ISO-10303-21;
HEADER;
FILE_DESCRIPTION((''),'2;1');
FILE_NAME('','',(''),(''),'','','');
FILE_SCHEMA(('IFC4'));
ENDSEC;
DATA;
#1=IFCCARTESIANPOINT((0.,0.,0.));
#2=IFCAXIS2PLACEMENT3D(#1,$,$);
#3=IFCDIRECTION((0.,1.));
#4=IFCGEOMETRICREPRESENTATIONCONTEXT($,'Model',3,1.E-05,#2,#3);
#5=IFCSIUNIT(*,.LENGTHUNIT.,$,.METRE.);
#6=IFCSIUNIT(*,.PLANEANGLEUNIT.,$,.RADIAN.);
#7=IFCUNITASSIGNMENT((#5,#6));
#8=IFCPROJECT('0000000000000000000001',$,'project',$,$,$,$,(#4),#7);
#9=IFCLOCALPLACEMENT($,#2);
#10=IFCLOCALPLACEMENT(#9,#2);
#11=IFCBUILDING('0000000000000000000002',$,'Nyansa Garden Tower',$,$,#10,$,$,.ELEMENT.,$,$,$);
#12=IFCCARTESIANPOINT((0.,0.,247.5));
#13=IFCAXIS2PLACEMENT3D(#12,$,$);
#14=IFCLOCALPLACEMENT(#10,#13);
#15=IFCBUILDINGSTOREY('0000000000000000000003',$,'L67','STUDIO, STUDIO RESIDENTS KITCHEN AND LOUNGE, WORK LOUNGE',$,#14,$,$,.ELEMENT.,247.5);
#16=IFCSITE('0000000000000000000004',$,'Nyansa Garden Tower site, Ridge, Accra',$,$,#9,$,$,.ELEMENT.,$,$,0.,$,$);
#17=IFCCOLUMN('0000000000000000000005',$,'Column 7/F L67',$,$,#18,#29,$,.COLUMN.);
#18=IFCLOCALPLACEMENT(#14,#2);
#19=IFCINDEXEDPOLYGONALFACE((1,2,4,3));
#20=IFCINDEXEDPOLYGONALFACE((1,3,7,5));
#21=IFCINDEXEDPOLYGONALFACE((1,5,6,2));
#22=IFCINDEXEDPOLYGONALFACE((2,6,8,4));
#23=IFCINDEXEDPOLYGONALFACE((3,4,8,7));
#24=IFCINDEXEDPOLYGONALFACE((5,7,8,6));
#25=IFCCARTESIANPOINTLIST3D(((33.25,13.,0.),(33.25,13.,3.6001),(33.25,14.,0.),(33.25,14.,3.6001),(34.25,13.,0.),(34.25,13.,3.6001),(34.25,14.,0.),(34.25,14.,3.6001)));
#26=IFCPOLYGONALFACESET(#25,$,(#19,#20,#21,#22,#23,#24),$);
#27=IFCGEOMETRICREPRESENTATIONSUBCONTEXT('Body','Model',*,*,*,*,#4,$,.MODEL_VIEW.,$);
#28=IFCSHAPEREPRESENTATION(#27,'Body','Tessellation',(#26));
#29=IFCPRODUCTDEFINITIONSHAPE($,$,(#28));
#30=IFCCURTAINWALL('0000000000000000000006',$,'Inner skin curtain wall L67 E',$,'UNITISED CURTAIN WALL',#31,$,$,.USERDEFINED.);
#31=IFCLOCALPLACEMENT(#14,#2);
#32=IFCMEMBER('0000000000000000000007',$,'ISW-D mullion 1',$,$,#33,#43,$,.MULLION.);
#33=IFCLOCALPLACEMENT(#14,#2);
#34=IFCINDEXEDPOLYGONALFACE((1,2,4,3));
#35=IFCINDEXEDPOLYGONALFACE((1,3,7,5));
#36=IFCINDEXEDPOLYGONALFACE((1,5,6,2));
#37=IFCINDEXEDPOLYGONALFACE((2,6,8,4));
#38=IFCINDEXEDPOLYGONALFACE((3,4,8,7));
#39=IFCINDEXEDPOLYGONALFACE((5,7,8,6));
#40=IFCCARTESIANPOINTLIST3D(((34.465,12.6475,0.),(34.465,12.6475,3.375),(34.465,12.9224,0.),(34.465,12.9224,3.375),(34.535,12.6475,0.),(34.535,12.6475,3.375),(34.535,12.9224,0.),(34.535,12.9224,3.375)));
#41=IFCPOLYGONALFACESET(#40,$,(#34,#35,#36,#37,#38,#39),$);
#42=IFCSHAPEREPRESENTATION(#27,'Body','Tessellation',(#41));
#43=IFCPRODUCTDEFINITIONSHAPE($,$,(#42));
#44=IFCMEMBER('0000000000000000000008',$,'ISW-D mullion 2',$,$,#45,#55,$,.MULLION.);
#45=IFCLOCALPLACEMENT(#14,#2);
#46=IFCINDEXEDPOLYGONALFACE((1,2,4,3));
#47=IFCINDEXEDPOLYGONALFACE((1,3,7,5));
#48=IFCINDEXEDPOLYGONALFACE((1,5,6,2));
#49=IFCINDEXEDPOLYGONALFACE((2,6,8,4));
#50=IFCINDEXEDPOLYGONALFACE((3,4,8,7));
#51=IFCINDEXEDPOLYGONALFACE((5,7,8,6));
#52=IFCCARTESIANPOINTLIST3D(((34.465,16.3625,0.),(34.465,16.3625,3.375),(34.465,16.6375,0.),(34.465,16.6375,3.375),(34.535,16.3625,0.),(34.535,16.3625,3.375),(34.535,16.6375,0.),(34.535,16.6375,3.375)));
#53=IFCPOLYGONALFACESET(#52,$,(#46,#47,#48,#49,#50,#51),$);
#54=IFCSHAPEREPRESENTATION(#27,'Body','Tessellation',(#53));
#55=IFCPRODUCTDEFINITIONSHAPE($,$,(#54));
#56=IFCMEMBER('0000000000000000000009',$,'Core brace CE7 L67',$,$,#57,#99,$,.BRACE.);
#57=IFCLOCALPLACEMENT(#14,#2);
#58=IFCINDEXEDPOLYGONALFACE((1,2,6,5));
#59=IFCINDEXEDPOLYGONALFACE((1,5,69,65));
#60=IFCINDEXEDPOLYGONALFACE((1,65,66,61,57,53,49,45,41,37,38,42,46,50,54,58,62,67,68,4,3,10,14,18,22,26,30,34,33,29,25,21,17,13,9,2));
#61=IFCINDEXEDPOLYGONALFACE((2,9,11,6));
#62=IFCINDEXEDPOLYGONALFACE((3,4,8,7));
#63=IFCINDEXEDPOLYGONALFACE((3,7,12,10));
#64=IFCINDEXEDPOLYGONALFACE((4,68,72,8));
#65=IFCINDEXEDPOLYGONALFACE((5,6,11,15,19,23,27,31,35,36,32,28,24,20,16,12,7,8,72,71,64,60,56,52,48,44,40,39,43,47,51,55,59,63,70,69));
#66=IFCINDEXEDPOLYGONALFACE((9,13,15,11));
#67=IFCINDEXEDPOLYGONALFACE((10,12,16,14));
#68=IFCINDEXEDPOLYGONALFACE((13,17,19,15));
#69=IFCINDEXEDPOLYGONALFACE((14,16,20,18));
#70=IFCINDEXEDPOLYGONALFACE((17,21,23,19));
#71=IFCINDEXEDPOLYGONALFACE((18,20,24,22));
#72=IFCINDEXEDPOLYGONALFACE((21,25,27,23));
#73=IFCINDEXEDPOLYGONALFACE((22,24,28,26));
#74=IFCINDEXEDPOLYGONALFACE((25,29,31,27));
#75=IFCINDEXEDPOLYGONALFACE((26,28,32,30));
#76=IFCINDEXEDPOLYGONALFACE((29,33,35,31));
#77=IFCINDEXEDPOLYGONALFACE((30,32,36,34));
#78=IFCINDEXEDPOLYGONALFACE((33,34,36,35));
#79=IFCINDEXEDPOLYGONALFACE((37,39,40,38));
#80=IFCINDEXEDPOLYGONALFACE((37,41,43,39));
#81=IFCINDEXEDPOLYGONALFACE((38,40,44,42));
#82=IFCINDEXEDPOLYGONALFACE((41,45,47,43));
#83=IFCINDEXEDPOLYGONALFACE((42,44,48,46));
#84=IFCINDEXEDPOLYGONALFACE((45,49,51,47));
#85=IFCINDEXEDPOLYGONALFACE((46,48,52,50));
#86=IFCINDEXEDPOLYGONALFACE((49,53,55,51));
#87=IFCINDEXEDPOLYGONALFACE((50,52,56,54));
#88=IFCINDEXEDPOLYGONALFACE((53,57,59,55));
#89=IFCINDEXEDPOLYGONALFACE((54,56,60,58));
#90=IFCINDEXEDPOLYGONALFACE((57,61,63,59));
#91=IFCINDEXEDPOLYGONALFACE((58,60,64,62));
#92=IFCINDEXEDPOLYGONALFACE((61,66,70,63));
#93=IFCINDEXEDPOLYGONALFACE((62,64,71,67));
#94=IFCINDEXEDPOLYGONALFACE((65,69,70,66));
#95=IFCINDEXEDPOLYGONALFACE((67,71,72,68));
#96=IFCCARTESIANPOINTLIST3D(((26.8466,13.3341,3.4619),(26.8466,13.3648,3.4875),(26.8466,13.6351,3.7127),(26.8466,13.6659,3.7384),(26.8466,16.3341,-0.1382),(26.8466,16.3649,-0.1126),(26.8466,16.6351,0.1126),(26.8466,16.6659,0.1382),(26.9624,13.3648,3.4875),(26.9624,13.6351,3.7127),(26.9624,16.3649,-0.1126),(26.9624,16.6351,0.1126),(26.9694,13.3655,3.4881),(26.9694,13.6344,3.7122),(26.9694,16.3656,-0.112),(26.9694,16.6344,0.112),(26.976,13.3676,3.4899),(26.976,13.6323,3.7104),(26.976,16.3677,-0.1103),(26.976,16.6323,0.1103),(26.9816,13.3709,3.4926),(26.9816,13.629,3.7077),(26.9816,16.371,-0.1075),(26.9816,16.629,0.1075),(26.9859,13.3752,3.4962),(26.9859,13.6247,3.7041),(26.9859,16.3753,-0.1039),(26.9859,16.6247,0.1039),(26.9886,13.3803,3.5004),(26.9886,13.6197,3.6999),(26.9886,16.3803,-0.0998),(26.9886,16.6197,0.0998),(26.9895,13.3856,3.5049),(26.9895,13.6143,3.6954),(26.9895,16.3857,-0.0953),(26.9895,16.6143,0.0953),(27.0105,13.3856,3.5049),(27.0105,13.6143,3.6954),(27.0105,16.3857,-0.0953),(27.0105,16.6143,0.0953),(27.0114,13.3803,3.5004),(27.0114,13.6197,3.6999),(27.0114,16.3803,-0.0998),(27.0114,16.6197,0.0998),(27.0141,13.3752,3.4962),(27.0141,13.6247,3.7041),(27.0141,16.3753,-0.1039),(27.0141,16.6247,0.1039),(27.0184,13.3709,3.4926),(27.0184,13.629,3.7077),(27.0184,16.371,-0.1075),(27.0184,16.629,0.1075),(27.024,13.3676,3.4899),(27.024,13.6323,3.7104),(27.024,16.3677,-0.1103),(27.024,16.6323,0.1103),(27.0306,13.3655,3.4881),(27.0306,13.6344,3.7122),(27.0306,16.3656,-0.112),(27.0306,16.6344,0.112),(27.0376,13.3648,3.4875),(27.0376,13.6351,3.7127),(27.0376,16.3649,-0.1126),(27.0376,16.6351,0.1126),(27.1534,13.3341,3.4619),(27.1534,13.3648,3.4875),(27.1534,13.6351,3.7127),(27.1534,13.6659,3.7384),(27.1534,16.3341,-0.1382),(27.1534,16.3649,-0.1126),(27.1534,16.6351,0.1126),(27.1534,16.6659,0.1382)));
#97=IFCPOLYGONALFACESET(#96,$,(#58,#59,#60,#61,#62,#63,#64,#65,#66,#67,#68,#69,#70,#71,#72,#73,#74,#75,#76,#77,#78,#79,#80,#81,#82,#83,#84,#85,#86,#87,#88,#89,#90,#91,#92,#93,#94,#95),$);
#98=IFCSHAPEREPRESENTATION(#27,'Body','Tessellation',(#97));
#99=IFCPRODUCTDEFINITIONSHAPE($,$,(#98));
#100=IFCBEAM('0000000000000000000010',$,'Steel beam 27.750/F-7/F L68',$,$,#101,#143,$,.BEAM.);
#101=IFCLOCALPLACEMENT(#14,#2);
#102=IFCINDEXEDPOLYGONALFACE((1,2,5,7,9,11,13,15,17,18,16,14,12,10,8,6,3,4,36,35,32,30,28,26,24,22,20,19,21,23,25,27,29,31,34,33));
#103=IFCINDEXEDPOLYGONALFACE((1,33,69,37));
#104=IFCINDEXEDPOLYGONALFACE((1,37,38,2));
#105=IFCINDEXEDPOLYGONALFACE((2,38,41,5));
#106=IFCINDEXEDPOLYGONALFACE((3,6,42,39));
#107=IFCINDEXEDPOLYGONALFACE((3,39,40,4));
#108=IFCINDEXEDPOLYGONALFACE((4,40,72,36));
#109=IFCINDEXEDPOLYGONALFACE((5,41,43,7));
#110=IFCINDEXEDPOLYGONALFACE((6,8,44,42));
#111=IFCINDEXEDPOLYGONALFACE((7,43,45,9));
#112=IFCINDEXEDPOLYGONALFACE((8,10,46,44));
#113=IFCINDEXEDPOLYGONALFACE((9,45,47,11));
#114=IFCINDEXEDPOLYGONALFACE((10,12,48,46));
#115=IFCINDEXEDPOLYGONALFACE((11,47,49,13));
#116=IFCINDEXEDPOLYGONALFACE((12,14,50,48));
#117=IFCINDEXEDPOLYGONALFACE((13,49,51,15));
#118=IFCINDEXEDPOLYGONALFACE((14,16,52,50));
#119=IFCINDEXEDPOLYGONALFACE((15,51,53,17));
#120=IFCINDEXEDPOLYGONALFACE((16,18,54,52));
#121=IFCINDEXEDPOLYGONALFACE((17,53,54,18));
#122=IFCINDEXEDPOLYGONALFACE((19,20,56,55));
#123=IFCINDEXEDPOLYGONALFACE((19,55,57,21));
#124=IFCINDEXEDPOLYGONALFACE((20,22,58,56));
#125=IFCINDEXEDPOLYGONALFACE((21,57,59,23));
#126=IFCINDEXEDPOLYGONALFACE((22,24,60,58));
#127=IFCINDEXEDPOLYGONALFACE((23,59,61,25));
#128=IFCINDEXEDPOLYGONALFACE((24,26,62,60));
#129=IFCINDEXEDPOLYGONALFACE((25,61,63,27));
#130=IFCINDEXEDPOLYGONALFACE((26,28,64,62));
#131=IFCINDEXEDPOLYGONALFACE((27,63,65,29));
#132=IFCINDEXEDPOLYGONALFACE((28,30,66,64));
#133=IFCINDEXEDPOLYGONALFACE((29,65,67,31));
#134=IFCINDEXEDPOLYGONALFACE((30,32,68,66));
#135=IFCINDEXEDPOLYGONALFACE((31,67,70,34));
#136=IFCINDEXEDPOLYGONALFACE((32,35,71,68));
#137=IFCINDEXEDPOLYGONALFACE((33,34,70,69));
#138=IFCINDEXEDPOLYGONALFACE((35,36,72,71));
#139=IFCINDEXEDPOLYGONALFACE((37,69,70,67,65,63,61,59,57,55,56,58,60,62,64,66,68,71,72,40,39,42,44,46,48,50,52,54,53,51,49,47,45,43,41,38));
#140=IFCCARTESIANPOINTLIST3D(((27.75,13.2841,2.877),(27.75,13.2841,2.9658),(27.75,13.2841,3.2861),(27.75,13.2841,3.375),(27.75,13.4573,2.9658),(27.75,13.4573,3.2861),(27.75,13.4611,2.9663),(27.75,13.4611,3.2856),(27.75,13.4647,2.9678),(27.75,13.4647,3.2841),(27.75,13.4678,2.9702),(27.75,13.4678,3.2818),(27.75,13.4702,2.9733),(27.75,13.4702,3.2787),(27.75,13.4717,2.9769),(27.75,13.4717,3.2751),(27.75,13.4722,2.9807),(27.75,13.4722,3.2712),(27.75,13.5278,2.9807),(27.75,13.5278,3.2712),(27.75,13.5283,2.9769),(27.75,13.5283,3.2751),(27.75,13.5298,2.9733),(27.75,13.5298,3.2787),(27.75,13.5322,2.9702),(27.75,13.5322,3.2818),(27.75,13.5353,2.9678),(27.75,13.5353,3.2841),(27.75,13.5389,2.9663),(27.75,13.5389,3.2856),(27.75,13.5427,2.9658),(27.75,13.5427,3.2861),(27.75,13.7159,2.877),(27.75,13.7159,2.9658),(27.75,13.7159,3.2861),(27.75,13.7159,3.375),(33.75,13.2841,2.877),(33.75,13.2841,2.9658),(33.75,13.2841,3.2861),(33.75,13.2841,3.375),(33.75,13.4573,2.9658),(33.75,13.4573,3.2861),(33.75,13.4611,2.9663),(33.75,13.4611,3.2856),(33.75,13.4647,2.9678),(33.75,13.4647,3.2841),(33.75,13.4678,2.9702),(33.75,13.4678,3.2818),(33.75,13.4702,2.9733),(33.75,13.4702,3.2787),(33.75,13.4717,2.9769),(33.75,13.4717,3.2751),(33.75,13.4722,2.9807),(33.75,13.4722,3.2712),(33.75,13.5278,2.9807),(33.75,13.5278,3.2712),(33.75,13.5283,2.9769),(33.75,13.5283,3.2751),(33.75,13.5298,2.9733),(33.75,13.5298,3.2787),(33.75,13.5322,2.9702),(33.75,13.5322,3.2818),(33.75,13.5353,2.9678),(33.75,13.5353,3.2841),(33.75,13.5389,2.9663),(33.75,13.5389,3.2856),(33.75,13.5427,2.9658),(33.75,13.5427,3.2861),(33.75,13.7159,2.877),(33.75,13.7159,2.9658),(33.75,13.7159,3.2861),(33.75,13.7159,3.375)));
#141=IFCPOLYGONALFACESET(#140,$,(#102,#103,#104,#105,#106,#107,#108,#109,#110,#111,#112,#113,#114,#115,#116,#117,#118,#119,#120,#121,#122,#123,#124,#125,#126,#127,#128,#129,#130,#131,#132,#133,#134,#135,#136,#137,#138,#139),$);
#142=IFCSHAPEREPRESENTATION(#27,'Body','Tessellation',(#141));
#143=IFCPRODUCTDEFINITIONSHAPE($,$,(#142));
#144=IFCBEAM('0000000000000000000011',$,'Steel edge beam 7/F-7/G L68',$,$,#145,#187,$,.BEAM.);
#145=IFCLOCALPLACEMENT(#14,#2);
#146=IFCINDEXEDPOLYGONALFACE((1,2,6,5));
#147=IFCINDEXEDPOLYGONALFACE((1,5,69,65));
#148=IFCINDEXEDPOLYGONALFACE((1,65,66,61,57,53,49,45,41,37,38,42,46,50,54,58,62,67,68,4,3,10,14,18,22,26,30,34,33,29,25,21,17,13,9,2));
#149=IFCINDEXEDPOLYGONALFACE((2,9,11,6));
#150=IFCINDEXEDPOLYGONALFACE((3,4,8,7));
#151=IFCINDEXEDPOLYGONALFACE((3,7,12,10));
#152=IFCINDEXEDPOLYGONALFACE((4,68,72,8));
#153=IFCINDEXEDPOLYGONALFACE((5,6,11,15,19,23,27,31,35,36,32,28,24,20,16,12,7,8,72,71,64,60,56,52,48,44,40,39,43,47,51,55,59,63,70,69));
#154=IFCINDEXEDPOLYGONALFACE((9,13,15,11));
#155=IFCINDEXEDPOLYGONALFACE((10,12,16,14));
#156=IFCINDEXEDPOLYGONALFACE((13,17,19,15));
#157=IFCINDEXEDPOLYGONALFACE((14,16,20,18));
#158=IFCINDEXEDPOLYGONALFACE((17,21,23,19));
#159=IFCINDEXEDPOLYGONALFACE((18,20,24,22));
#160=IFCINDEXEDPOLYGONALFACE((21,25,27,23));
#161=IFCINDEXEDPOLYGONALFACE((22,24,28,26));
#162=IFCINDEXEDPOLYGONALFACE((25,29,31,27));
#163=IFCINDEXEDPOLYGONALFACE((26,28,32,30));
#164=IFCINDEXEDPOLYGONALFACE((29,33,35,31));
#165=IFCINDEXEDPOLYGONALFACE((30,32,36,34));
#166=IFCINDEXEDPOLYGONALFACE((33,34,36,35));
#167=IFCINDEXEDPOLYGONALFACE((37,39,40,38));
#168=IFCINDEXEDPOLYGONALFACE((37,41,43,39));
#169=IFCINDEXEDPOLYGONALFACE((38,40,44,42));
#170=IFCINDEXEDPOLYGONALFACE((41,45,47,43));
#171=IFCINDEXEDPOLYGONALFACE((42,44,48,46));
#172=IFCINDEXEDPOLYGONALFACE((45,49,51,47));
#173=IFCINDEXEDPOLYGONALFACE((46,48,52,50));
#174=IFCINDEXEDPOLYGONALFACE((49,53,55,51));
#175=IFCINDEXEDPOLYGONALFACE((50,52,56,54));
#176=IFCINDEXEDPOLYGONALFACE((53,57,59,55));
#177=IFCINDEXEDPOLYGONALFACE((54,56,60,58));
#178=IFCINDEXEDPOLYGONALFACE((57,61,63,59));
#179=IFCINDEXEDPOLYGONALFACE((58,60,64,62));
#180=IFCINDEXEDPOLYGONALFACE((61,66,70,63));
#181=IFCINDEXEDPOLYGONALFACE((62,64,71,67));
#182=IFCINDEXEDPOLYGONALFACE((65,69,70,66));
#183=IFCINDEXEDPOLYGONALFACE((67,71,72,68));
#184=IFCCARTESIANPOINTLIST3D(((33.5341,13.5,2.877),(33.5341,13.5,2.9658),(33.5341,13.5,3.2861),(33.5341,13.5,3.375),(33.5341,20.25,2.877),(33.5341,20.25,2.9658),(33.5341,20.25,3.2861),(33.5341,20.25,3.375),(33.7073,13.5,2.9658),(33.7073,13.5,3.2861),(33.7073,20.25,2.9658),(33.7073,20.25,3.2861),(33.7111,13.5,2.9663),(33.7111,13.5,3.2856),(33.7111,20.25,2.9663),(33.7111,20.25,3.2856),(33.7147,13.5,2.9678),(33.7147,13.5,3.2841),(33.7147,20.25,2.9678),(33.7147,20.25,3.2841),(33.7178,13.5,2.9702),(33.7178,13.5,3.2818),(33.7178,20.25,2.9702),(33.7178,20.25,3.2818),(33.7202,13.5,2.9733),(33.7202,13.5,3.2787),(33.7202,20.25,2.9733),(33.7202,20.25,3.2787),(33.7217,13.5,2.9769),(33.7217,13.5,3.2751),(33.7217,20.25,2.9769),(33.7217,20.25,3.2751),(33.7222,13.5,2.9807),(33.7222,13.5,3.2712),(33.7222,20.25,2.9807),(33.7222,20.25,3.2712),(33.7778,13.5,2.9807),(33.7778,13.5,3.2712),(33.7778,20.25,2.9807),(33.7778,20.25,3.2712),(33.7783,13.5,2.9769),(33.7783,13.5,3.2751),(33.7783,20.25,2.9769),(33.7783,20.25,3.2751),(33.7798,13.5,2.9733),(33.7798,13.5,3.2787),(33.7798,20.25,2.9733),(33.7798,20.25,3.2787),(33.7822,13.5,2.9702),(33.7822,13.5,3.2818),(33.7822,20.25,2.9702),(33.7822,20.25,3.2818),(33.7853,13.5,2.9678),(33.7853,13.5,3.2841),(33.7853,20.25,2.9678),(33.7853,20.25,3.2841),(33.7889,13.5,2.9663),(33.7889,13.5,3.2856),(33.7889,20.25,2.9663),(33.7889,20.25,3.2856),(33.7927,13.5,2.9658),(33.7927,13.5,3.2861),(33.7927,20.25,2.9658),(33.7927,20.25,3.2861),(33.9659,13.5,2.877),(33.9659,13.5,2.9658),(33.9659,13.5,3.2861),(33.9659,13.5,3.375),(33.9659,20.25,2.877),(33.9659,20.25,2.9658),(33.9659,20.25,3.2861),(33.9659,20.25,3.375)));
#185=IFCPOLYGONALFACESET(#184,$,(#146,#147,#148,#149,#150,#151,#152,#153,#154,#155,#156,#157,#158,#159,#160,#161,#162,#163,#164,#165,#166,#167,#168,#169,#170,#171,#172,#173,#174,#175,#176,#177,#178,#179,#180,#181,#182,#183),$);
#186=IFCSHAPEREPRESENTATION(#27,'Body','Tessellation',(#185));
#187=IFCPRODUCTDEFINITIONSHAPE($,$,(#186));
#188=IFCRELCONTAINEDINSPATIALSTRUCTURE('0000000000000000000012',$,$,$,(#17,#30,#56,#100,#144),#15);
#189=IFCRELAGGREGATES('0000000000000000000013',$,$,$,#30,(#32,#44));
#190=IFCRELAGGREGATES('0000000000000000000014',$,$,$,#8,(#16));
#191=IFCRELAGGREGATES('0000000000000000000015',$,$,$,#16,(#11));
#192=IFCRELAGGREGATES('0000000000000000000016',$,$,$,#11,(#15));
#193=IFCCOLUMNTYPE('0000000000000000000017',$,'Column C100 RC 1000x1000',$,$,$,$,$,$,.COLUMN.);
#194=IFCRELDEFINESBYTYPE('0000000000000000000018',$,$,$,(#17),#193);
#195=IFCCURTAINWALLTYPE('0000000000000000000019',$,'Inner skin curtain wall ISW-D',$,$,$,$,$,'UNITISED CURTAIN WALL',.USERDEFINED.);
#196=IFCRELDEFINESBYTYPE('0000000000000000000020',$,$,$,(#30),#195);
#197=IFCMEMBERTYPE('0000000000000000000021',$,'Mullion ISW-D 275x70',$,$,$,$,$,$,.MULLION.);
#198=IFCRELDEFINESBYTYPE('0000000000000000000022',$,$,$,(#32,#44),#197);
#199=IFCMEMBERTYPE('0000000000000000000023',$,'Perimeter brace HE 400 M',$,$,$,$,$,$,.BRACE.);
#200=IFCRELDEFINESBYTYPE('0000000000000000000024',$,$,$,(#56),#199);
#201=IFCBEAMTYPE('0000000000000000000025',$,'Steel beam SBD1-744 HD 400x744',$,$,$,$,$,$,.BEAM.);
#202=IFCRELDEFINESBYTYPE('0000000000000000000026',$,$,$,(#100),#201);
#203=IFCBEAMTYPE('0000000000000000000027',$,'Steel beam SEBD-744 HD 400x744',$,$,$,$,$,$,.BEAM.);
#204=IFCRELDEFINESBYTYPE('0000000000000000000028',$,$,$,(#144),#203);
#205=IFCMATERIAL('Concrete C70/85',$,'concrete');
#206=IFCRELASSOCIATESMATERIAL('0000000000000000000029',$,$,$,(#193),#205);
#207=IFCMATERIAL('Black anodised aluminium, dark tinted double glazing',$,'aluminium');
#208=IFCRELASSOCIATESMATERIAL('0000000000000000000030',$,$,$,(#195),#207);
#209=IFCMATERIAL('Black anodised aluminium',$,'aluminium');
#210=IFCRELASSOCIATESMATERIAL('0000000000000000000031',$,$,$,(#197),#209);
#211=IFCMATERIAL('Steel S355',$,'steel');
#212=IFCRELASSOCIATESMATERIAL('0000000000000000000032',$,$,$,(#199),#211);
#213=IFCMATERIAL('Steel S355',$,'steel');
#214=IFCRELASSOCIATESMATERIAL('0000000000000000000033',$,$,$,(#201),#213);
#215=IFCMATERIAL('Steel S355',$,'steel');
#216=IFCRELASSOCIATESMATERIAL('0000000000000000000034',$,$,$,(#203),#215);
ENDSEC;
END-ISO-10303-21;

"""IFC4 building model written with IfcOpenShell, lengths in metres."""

from ifc_helpers import new_model, si_unit, direction, frame, origin, origin_2d, place, context, subcontext, project, spatial, rectangle, i_section, extrude, material, material_profile, profile_set, type_object, element, aggregate, save


model = new_model("IFC4")

# Units and contexts
model_context = context("Model", 3, precision=1e-05, world=origin(), true_north=direction((0.0, 1.0)))
body_context = subcontext(model_context, "Body", "Model", "MODEL_VIEW")
ifc_project = project(units=[si_unit("LENGTHUNIT", "METRE"), si_unit("PLANEANGLEUNIT", "RADIAN")], contexts=[model_context])

# Site, building, storey
site_placement = place(None, origin())
site = spatial("IfcSite", under=ifc_project, at=site_placement, Name="Nyansa Garden Tower site, Ridge, Accra", CompositionType="ELEMENT", RefElevation=0.0)
building_placement = place(site_placement, origin())
building = spatial("IfcBuilding", under=site, at=building_placement, Name="Nyansa Garden Tower", CompositionType="ELEMENT")
storey_placement = place(building_placement, frame((0.0, 0.0, 247.5)))
storey = spatial("IfcBuildingStorey", under=building, at=storey_placement, Name="L67", Description="STUDIO, STUDIO RESIDENTS KITCHEN AND LOUNGE, WORK LOUNGE", CompositionType="ELEMENT", Elevation=247.5)

# Column
ifc_material_1 = material(Name="Concrete C70/85", Category="concrete")
ifc_material_profile_1 = material_profile(ifc_material_1, rectangle(XDim=1.0, YDim=1.0, at=origin_2d()), Name="RC 1000x1000")
ifc_profile_set_1 = profile_set([ifc_material_profile_1], Name="Concrete C70/85")
column_type = type_object("IfcColumnType", Name="Column C100 RC 1000x1000", PredefinedType="COLUMN", material=ifc_profile_set_1)
column_placement = place(storey_placement, frame((33.75, 13.5, 0.0), z_axis=(0.0, 0.0, 1.0), x_axis=(1.0, 0.0, 0.0)))
element("IfcColumn", 1, at=column_placement, inside=storey, type_object=column_type, Name="Column 7/F L67", PredefinedType="COLUMN", context=body_context, shape_type="SweptSolid", body=[
    extrude(rectangle(XDim=1.0, YDim=1.0, at=origin_2d()), origin(), (0.0, 0.0, 1.0), 3.6001),
])

# Curtain wall, members
ifc_material_2 = material(Name="Black anodised aluminium, dark tinted double glazing", Category="aluminium")
curtain_wall_type = type_object("IfcCurtainWallType", Name="Inner skin curtain wall ISW-D", ElementType="UNITISED CURTAIN WALL", PredefinedType="USERDEFINED", material=ifc_material_2)
curtain_wall_placement = place(storey_placement, origin())
curtain_wall = element("IfcCurtainWall", 2, at=curtain_wall_placement, inside=storey, type_object=curtain_wall_type, Name="Inner skin curtain wall L67 E", ObjectType="UNITISED CURTAIN WALL", PredefinedType="USERDEFINED")
ifc_material_3 = material(Name="Black anodised aluminium", Category="aluminium")
ifc_material_profile_2 = material_profile(ifc_material_3, rectangle(XDim=0.0701, YDim=0.2749, at=origin_2d()), Name="Mullion 275x70")
ifc_profile_set_2 = profile_set([ifc_material_profile_2], Name="Black anodised aluminium")
member_type_1 = type_object("IfcMemberType", Name="Mullion ISW-D 275x70", PredefinedType="MULLION", material=ifc_profile_set_2)
member_1_placement = place(storey_placement, frame((34.5, 12.7849, 0.0), z_axis=(0.0, 0.0, 1.0), x_axis=(-1.0, 0.0, 0.0)))
member_1 = element("IfcMember", 3, at=member_1_placement, type_object=member_type_1, Name="ISW-D mullion 1", PredefinedType="MULLION", context=body_context, shape_type="SweptSolid", body=[
    extrude(rectangle(XDim=0.0701, YDim=0.2749, at=origin_2d()), origin(), (0.0, 0.0, 1.0), 3.375),
])
member_2_placement = place(storey_placement, frame((34.5, 16.5, 0.0), z_axis=(0.0, 0.0, 1.0), x_axis=(-1.0, 0.0, 0.0)))
member_2 = element("IfcMember", 4, at=member_2_placement, type_object=member_type_1, Name="ISW-D mullion 2", PredefinedType="MULLION", context=body_context, shape_type="SweptSolid", body=[
    extrude(rectangle(XDim=0.0701, YDim=0.2749, at=origin_2d()), origin(), (0.0, 0.0, 1.0), 3.375),
])

# Member
ifc_material_4 = material(Name="Steel S355", Category="steel")
ifc_material_profile_3 = material_profile(ifc_material_4, i_section(OverallWidth=0.3069, OverallDepth=0.4319, WebThickness=0.021, FlangeThickness=0.04, FilletRadius=0.0271, at=origin_2d()), Name="HE 400 M")
ifc_profile_set_3 = profile_set([ifc_material_profile_3], Name="Steel S355")
member_type_2 = type_object("IfcMemberType", Name="Perimeter brace HE 400 M", PredefinedType="BRACE", material=ifc_profile_set_3)
member_3_placement = place(storey_placement, frame((27.0, 16.5, 0.0), z_axis=(0.0, -0.640174, 0.76823), x_axis=(1.0, 0.0, 0.0)))
element("IfcMember", 5, at=member_3_placement, inside=storey, type_object=member_type_2, Name="Core brace CE7 L67", PredefinedType="BRACE", context=body_context, shape_type="SweptSolid", body=[
    extrude(i_section(OverallWidth=0.3069, OverallDepth=0.4319, WebThickness=0.021, FlangeThickness=0.04, FilletRadius=0.0271, at=origin_2d()), origin(), (0.0, 0.0, 1.0), 4.6863),
])

# Beams
ifc_material_5 = material(Name="Steel S355", Category="steel")
ifc_material_profile_4 = material_profile(ifc_material_5, i_section(OverallWidth=0.4319, OverallDepth=0.498, WebThickness=0.0557, FlangeThickness=0.0889, FilletRadius=0.0149, at=origin_2d()), Name="HD 400x744")
ifc_profile_set_4 = profile_set([ifc_material_profile_4], Name="Steel S355")
beam_type_1 = type_object("IfcBeamType", Name="Steel beam SBD1-744 HD 400x744", PredefinedType="BEAM", material=ifc_profile_set_4)
beam_1_placement = place(storey_placement, frame((27.75, 13.5, 3.126), z_axis=(1.0, 0.0, 0.0), x_axis=(0.0, 1.0, 0.0)))
element("IfcBeam", 6, at=beam_1_placement, inside=storey, type_object=beam_type_1, Name="Steel beam 27.750/F-7/F L68", PredefinedType="BEAM", context=body_context, shape_type="SweptSolid", body=[
    extrude(i_section(OverallWidth=0.4319, OverallDepth=0.498, WebThickness=0.0557, FlangeThickness=0.0889, FilletRadius=0.0149, at=origin_2d()), origin(), (0.0, 0.0, 1.0), 6.0),
])
ifc_material_6 = material(Name="Steel S355", Category="steel")
ifc_material_profile_5 = material_profile(ifc_material_6, i_section(OverallWidth=0.4319, OverallDepth=0.498, WebThickness=0.0557, FlangeThickness=0.0889, FilletRadius=0.0149, at=origin_2d()), Name="HD 400x744")
ifc_profile_set_5 = profile_set([ifc_material_profile_5], Name="Steel S355")
beam_type_2 = type_object("IfcBeamType", Name="Steel beam SEBD-744 HD 400x744", PredefinedType="BEAM", material=ifc_profile_set_5)
beam_2_placement = place(storey_placement, frame((33.75, 13.5, 3.126), z_axis=(0.0, 1.0, 0.0), x_axis=(-1.0, 0.0, 0.0)))
element("IfcBeam", 7, at=beam_2_placement, inside=storey, type_object=beam_type_2, Name="Steel edge beam 7/F-7/G L68", PredefinedType="BEAM", context=body_context, shape_type="SweptSolid", body=[
    extrude(i_section(OverallWidth=0.4319, OverallDepth=0.498, WebThickness=0.0557, FlangeThickness=0.0889, FilletRadius=0.0149, at=origin_2d()), origin(), (0.0, 0.0, 1.0), 6.75),
])

aggregate(curtain_wall, [member_1, member_2])

save(model, "model.ifc")
